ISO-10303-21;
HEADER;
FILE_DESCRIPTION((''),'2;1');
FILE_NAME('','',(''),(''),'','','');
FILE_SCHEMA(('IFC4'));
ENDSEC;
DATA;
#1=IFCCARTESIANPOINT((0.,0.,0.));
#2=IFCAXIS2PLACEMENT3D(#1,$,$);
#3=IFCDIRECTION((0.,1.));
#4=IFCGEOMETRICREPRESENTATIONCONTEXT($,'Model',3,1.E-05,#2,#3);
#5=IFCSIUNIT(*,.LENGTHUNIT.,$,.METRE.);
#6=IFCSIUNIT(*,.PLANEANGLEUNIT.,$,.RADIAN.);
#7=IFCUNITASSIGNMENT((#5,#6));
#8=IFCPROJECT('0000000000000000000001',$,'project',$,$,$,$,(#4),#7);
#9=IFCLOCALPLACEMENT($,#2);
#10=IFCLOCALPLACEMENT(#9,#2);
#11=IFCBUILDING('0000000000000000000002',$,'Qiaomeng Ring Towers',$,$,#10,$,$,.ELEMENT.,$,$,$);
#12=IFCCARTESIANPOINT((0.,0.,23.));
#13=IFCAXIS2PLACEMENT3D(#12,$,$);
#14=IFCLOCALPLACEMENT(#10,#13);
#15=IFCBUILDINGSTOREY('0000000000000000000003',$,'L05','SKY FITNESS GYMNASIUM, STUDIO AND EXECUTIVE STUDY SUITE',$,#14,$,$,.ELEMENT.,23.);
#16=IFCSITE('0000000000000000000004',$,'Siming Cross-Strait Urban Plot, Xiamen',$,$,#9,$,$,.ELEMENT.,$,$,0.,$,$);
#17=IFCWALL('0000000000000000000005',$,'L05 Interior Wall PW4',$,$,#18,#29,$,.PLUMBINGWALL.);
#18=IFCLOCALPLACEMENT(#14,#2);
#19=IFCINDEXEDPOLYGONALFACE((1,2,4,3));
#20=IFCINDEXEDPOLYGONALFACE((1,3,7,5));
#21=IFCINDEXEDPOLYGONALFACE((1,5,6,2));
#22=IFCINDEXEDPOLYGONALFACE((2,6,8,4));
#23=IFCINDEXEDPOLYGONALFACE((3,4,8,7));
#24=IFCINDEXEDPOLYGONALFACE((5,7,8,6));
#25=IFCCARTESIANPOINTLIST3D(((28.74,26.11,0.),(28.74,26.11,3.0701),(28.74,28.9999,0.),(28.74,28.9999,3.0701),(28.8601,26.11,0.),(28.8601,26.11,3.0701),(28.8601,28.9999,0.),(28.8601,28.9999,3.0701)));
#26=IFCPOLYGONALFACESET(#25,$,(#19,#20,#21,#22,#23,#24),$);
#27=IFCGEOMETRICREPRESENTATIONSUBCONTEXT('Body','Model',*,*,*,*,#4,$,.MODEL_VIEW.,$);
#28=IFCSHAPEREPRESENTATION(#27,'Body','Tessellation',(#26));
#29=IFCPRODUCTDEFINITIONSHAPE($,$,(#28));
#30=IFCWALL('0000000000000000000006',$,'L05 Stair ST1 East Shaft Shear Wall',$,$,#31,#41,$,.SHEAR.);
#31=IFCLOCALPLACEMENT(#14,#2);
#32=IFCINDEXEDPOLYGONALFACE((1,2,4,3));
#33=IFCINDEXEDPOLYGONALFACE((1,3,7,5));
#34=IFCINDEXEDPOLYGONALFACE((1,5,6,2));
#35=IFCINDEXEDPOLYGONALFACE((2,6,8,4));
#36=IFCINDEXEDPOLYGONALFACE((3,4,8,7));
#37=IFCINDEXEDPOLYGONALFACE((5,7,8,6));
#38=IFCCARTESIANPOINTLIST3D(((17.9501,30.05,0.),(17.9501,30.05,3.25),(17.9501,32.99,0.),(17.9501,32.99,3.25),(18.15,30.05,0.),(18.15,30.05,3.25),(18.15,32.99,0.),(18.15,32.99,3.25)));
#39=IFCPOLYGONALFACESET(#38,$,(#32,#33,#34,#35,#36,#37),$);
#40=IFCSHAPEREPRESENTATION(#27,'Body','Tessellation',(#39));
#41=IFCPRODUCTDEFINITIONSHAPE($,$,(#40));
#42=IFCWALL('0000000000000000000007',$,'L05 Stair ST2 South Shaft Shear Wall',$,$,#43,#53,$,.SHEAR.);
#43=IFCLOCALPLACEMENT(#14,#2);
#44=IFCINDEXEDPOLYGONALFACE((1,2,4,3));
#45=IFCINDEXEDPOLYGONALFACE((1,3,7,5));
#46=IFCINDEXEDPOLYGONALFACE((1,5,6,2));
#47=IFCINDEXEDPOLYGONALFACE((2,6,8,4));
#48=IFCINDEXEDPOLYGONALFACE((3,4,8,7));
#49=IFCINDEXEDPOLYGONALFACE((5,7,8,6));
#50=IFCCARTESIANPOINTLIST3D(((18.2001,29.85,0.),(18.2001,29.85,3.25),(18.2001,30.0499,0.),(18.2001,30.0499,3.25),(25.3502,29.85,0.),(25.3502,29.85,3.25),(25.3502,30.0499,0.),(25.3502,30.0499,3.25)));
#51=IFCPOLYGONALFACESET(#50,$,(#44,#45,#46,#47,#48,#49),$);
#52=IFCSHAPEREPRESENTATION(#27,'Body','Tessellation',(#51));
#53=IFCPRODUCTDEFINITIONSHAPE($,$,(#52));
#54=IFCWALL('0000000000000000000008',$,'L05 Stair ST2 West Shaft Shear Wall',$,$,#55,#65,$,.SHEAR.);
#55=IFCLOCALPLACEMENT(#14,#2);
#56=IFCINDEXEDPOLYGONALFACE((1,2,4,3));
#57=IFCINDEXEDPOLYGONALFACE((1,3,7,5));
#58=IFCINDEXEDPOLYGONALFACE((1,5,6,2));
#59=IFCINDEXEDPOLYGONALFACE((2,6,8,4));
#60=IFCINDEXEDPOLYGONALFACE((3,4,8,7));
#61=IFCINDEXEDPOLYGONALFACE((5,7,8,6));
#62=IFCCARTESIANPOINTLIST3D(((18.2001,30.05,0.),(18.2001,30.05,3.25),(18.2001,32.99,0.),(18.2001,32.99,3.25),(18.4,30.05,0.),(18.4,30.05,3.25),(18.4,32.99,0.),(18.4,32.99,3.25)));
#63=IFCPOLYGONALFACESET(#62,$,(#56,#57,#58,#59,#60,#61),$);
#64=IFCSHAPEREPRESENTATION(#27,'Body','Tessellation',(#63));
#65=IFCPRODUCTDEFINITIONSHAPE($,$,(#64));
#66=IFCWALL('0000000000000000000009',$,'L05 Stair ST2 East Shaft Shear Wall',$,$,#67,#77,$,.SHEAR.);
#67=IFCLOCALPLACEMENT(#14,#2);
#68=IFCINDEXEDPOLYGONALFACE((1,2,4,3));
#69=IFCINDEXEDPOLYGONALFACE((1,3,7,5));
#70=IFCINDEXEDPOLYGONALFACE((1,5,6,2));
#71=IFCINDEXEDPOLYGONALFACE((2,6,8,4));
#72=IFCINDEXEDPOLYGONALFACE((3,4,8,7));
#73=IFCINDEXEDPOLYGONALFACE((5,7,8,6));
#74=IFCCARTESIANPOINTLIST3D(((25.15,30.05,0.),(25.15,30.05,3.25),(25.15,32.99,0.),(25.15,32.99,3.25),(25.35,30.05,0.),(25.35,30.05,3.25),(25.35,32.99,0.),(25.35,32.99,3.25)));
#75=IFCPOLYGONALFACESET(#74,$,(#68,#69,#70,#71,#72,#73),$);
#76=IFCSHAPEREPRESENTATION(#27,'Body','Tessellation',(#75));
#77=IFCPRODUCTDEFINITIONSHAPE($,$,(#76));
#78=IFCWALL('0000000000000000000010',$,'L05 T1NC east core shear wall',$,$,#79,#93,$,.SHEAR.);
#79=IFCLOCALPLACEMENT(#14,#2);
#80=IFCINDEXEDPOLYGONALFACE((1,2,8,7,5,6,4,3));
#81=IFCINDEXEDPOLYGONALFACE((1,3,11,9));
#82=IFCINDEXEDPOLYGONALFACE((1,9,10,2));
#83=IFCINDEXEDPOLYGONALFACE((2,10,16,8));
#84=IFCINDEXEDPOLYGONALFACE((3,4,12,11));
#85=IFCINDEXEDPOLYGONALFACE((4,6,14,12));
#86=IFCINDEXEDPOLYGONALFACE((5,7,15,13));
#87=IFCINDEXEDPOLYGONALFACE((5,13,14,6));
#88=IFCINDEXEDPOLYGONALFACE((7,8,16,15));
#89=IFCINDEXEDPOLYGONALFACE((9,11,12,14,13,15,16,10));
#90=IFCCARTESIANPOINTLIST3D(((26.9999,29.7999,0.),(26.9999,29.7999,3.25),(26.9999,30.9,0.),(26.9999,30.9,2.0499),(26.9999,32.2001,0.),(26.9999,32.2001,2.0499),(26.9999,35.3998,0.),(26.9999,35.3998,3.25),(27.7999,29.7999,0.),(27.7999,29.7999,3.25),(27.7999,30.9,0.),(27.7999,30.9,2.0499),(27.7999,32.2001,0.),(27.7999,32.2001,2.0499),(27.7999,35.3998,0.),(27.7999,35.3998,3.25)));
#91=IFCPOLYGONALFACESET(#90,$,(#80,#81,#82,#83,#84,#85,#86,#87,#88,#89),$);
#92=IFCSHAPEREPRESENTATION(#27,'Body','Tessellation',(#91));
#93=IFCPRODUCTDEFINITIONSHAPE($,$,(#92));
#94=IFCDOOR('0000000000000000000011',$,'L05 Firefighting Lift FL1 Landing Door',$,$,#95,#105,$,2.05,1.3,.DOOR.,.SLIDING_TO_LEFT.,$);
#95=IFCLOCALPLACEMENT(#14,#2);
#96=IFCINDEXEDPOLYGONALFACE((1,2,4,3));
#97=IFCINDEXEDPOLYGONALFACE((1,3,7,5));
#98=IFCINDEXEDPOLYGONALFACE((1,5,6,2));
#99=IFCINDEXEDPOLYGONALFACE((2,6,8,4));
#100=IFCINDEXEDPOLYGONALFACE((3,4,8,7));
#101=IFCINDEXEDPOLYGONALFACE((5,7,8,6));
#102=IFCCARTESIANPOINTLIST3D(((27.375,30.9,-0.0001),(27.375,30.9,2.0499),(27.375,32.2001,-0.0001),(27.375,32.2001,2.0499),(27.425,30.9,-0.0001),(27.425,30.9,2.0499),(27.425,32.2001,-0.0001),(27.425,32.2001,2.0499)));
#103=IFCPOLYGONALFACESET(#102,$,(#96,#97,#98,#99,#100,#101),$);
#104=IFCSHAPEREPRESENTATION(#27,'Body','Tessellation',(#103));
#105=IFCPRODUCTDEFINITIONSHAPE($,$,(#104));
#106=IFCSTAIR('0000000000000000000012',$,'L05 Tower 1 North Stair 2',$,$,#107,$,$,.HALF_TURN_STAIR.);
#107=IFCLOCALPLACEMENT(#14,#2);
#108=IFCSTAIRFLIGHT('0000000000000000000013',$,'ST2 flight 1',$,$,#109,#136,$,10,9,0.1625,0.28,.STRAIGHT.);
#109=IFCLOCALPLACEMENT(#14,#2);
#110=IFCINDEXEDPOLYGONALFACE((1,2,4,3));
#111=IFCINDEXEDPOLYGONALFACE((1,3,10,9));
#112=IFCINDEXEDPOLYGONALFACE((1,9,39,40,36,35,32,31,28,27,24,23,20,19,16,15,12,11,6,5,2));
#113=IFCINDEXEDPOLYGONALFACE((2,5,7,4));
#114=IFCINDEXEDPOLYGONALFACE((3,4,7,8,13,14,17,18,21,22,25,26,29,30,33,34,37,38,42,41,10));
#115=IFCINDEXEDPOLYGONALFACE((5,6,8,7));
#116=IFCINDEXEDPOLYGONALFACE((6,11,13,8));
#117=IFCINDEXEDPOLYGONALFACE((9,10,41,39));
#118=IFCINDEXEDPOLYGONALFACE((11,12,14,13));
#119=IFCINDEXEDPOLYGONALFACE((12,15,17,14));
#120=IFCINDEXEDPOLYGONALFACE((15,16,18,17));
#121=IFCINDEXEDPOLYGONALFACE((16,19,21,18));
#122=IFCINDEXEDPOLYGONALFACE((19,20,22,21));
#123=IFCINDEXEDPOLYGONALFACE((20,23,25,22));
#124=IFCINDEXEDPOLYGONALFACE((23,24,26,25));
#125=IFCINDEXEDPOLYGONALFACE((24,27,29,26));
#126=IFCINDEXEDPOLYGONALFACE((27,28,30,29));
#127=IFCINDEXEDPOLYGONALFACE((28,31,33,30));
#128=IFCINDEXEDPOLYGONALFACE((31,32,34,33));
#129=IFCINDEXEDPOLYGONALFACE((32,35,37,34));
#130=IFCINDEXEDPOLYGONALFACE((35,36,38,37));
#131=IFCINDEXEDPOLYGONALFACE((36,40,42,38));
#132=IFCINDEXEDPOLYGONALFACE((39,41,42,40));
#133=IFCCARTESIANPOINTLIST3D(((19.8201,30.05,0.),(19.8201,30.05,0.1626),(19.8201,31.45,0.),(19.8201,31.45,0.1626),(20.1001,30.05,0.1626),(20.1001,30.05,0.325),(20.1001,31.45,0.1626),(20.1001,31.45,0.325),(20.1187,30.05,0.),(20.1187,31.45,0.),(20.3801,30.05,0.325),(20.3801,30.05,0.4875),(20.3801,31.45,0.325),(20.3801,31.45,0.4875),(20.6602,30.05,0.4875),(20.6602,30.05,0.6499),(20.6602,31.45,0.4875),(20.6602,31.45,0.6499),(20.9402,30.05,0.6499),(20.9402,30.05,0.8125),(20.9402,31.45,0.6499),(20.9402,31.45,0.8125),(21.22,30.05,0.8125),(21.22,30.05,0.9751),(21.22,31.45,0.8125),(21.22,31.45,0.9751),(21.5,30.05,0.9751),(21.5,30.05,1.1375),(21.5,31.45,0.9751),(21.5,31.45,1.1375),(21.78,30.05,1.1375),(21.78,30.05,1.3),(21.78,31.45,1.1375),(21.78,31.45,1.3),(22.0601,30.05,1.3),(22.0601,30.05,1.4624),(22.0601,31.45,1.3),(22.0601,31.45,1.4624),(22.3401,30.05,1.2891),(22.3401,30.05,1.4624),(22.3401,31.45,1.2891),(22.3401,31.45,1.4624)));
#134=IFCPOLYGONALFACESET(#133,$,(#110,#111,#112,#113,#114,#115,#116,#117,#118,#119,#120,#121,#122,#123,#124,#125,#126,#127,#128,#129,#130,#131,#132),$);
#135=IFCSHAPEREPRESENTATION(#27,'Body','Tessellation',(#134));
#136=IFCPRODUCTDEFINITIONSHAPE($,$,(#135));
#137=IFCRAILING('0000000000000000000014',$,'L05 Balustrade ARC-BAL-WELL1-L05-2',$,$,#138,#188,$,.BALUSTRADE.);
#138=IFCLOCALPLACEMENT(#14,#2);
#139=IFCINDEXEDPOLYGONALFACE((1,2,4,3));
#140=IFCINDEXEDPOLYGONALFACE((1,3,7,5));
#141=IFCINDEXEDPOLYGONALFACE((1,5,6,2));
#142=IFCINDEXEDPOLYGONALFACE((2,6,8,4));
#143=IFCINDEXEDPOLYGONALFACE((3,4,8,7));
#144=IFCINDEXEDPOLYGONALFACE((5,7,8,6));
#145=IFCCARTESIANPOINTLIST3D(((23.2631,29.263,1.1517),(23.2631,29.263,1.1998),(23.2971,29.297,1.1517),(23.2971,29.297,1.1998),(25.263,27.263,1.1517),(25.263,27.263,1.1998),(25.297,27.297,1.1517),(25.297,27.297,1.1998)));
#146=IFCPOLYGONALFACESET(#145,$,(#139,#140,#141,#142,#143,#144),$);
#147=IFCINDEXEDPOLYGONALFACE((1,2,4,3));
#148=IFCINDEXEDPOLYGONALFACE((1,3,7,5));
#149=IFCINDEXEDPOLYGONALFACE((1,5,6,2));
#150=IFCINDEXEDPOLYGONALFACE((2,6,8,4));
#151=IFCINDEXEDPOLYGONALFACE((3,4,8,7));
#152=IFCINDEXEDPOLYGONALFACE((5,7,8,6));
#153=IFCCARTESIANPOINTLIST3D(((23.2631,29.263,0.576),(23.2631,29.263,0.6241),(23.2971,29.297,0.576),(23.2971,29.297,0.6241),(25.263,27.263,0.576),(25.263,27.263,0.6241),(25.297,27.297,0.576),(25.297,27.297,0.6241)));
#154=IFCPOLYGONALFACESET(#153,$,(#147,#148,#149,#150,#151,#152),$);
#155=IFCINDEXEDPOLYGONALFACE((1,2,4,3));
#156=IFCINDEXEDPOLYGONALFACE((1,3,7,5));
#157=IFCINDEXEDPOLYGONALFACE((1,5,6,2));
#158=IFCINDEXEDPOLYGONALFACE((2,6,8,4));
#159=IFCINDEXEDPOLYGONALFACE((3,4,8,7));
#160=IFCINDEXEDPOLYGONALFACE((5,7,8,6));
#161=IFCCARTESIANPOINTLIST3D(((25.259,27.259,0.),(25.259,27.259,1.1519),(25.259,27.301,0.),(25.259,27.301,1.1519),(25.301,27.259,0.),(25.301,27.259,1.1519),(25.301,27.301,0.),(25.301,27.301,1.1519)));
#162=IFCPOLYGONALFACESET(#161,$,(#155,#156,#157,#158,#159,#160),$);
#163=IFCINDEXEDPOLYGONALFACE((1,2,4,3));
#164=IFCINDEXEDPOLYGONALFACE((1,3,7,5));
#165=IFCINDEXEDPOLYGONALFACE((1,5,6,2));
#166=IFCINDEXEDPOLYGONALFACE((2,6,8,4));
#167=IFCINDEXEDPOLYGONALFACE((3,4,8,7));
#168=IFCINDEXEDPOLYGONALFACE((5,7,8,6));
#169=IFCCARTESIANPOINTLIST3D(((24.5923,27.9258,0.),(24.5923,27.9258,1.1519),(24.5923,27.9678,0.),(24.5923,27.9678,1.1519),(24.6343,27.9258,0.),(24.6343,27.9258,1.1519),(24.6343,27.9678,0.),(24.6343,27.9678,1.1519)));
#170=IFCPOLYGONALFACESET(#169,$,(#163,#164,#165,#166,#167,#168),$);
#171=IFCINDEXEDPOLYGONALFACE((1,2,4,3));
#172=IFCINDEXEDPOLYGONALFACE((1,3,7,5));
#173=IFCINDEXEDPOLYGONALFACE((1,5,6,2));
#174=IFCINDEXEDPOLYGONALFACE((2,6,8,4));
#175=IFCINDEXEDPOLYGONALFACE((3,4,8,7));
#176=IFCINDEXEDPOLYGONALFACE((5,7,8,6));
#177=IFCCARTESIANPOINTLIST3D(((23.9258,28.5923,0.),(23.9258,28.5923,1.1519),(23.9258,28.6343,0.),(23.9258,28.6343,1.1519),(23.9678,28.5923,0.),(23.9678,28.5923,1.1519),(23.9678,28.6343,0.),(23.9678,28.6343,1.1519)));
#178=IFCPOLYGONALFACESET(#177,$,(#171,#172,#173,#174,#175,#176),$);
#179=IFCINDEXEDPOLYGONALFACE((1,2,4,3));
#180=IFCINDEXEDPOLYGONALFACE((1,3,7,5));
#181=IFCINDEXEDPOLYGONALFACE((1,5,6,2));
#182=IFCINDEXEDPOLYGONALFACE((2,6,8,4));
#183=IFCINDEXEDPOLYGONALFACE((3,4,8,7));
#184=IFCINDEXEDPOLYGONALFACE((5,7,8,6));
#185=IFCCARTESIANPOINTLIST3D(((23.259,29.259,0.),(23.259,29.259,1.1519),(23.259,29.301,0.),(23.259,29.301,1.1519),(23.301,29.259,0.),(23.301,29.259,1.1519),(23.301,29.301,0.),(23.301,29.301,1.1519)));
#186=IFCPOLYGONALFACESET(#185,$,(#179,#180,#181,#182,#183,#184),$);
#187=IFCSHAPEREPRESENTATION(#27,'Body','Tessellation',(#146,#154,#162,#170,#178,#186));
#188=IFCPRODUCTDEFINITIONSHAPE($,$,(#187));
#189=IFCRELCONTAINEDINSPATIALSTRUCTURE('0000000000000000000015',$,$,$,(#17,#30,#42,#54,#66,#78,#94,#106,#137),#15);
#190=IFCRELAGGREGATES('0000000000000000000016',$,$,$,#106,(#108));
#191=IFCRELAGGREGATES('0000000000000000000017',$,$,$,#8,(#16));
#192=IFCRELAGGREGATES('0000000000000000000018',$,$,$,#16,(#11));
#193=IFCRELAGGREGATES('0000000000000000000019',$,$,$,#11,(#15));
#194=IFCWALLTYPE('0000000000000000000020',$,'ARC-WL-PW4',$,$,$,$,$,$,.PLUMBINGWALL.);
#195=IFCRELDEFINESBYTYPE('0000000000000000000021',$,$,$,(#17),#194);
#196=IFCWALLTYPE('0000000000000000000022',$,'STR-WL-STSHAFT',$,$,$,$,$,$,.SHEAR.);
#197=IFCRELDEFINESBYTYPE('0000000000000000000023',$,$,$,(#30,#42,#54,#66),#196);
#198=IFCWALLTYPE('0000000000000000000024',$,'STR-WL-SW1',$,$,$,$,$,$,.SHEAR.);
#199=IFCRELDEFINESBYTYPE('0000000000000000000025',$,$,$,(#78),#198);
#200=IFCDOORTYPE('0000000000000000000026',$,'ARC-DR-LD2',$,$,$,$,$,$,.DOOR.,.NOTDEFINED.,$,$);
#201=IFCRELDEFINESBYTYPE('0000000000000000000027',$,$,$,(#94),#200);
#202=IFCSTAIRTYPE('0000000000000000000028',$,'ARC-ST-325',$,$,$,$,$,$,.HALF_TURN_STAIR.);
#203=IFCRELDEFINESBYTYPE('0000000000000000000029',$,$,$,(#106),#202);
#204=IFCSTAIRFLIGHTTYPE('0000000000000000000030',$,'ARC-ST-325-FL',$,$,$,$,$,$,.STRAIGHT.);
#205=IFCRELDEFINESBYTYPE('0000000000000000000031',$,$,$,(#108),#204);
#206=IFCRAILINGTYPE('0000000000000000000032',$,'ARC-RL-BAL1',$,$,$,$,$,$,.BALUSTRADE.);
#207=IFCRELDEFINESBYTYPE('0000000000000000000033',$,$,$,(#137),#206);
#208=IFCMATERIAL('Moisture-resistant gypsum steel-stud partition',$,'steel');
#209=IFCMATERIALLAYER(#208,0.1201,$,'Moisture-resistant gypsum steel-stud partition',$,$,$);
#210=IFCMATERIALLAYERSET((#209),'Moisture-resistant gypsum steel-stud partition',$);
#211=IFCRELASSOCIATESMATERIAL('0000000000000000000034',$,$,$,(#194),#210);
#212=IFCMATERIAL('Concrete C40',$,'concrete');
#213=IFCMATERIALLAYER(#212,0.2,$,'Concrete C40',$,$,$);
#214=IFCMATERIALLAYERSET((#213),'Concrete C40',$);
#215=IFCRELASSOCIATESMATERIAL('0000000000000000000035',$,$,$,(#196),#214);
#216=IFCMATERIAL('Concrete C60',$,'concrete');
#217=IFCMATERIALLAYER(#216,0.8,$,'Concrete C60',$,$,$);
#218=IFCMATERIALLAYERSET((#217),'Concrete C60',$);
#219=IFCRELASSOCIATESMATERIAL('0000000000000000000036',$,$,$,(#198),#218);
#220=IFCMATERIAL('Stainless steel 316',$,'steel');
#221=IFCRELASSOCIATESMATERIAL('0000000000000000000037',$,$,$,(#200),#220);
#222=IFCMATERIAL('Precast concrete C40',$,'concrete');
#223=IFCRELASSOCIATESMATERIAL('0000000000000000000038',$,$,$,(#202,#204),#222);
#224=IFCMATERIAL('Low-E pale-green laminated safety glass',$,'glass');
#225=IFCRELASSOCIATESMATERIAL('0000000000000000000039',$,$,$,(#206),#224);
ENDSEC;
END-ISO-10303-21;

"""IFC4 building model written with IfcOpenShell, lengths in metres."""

from ifc_helpers import new_model, si_unit, direction, frame, frame_2d, origin, origin_2d, place, context, subcontext, project, spatial, polyline, rectangle, outline, extrude, source, transform, mapped, material, layer, layer_set, type_object, element, fill, aggregate, save


model = new_model("IFC4")

# Units and contexts
model_context = context("Model", 3, precision=1e-05, world=origin(), true_north=direction((0.0, 1.0)))
body_context = subcontext(model_context, "Body", "Model", "MODEL_VIEW")
ifc_project = project(units=[si_unit("LENGTHUNIT", "METRE"), si_unit("PLANEANGLEUNIT", "RADIAN")], contexts=[model_context])

# Site, building, storey
site_placement = place(None, origin())
site = spatial("IfcSite", under=ifc_project, at=site_placement, Name="Siming Cross-Strait Urban Plot, Xiamen", CompositionType="ELEMENT", RefElevation=0.0)
building_placement = place(site_placement, origin())
building = spatial("IfcBuilding", under=site, at=building_placement, Name="Qiaomeng Ring Towers", CompositionType="ELEMENT")
storey_placement = place(building_placement, frame((0.0, 0.0, 23.0)))
storey = spatial("IfcBuildingStorey", under=building, at=storey_placement, Name="L05", Description="SKY FITNESS GYMNASIUM, STUDIO AND EXECUTIVE STUDY SUITE", CompositionType="ELEMENT", Elevation=23.0)

# Shared definitions
ifc_material_1 = material(Name="Moisture-resistant gypsum steel-stud partition", Category="steel")
ifc_layer_1 = layer(ifc_material_1, 0.1201, Name="Moisture-resistant gypsum steel-stud partition")
ifc_layer_set_1 = layer_set([ifc_layer_1], Name="Moisture-resistant gypsum steel-stud partition")
wall_type_1 = type_object("IfcWallType", Name="ARC-WL-PW4", PredefinedType="PLUMBINGWALL", material=ifc_layer_set_1)

# Walls
wall_1_placement = place(storey_placement, frame((28.8, 26.1101, 0.0), z_axis=(0.0, 0.0, 1.0), x_axis=(0.0, 1.0, 0.0)))
element("IfcWall", 1, at=wall_1_placement, inside=storey, type_object=wall_type_1, Name="L05 Interior Wall PW4", PredefinedType="PLUMBINGWALL", context=body_context, shape_type="SweptSolid", body=[
    extrude(rectangle(XDim=2.8899, YDim=0.1201, at=frame_2d((1.4448, 0.0))), origin(), (0.0, 0.0, 1.0), 3.0701),
])
ifc_material_2 = material(Name="Concrete C40", Category="concrete")
ifc_layer_2 = layer(ifc_material_2, 0.2, Name="Concrete C40")
ifc_layer_set_2 = layer_set([ifc_layer_2], Name="Concrete C40")
wall_type_2 = type_object("IfcWallType", Name="STR-WL-STSHAFT", PredefinedType="SHEAR", material=ifc_layer_set_2)
wall_2_placement = place(storey_placement, frame((18.05, 30.05, 0.0), z_axis=(0.0, 0.0, 1.0), x_axis=(0.0, 1.0, 0.0)))
element("IfcWall", 2, at=wall_2_placement, inside=storey, type_object=wall_type_2, Name="L05 Stair ST1 East Shaft Shear Wall", PredefinedType="SHEAR", context=body_context, shape_type="SweptSolid", body=[
    extrude(rectangle(XDim=2.9399, YDim=0.2, at=frame_2d((1.47, 0.0))), origin(), (0.0, 0.0, 1.0), 3.25),
])
wall_3_placement = place(storey_placement, frame((18.2, 29.95, 0.0), z_axis=(0.0, 0.0, 1.0), x_axis=(1.0, 0.0, 0.0)))
element("IfcWall", 3, at=wall_3_placement, inside=storey, type_object=wall_type_2, Name="L05 Stair ST2 South Shaft Shear Wall", PredefinedType="SHEAR", context=body_context, shape_type="SweptSolid", body=[
    extrude(rectangle(XDim=7.1501, YDim=0.2, at=frame_2d((3.5752, 0.0))), origin(), (0.0, 0.0, 1.0), 3.25),
])
for number, where, z_axis, x_axis, name in (
    (4, (18.3, 30.05, 0.0), (0.0, 0.0, 1.0), (0.0, 1.0, 0.0), "L05 Stair ST2 West Shaft Shear Wall"),
    (5, (25.25, 30.05, 0.0), (0.0, 0.0, 1.0), (0.0, 1.0, 0.0), "L05 Stair ST2 East Shaft Shear Wall"),
):
    element("IfcWall", number, at=place(storey_placement, frame(where, z_axis=z_axis, x_axis=x_axis)), inside=storey, type_object=wall_type_2, Name=name, PredefinedType="SHEAR", context=body_context, shape_type="SweptSolid", body=[
        extrude(rectangle(XDim=2.9399, YDim=0.2, at=frame_2d((1.47, 0.0))), origin(), (0.0, 0.0, 1.0), 3.25),
    ])

# Wall, opening, door
ifc_material_3 = material(Name="Concrete C60", Category="concrete")
ifc_layer_3 = layer(ifc_material_3, 0.8, Name="Concrete C60")
ifc_layer_set_3 = layer_set([ifc_layer_3], Name="Concrete C60")
wall_type_3 = type_object("IfcWallType", Name="STR-WL-SW1", PredefinedType="SHEAR", material=ifc_layer_set_3)
wall_4_placement = place(storey_placement, frame((27.3999, 29.8, 0.0), z_axis=(0.0, 0.0, 1.0), x_axis=(0.0, 1.0, 0.0)))
wall_4 = element("IfcWall", 6, at=wall_4_placement, inside=storey, type_object=wall_type_3, Name="L05 T1NC east core shear wall", PredefinedType="SHEAR", context=body_context, shape_type="SweptSolid", body=[
    extrude(rectangle(XDim=5.5999, YDim=0.8, at=frame_2d((2.7998, 0.0))), origin(), (0.0, 0.0, 1.0), 3.25),
])
opening_1_placement = place(wall_4_placement, frame((1.1001, 0.0, 0.0)))
opening_1 = element("IfcOpeningElement", 7, at=opening_1_placement, cuts=wall_4, PredefinedType="OPENING", context=body_context, shape_type="SweptSolid", body=[
    extrude(rectangle(XDim=1.3, YDim=2.05, at=frame_2d((0.6499, 1.0249))), frame((0.0, 0.4099, 0.0), z_axis=(0.0, -1.0, 0.0), x_axis=(1.0, 0.0, 0.0)), (0.0, 0.0, 1.0), 0.8201),
])
ifc_material_4 = material(Name="Stainless steel 316", Category="steel")
door_type_1 = type_object("IfcDoorType", Name="ARC-DR-LD2", OperationType="NOTDEFINED", PredefinedType="DOOR", material=ifc_material_4)
shared_shape_1 = source(origin(), body_context, "Body", "SweptSolid", [
    extrude(rectangle(XDim=1.3, YDim=2.05, at=frame_2d((0.6499, 1.0249))), frame((0.0, 0.0249, 0.0), z_axis=(0.0, -1.0, 0.0), x_axis=(1.0, 0.0, 0.0)), (0.0, 0.0, 1.0), 0.05),
])
door_1_placement = place(opening_1_placement, origin())
door_1 = element("IfcDoor", 8, at=door_1_placement, inside=storey, type_object=door_type_1, Name="L05 Firefighting Lift FL1 Landing Door", OperationType="SLIDING_TO_LEFT", OverallHeight=2.05, OverallWidth=1.3, PredefinedType="DOOR", context=body_context, shape_type="MappedRepresentation", body=[
    mapped(shared_shape_1, transform((0.0, 0.0, 0.0), x_axis=(1.0, 0.0, 0.0), y_axis=(0.0, 1.0, 0.0), z_axis=(0.0, 0.0, 1.0), scale=1.0)),
])
fill(opening_1, door_1)

# Stair, stair flight
ifc_material_5 = material(Name="Precast concrete C40", Category="concrete")
stair_type = type_object("IfcStairType", Name="ARC-ST-325", PredefinedType="HALF_TURN_STAIR", material=ifc_material_5)
stair_placement = place(storey_placement, origin())
stair = element("IfcStair", 9, at=stair_placement, inside=storey, type_object=stair_type, Name="L05 Tower 1 North Stair 2", PredefinedType="HALF_TURN_STAIR")
stair_flight_type = type_object("IfcStairFlightType", Name="ARC-ST-325-FL", PredefinedType="STRAIGHT", material=ifc_material_5)
shared_shape_2 = source(origin(), body_context, "Body", "SweptSolid", [
    extrude(outline(polyline([(0.0, 0.0), (0.0, 0.1626), (0.28, 0.1626), (0.28, 0.325), (0.5601, 0.325), (0.5601, 0.4875), (0.8401, 0.4875), (0.8401, 0.6499), (1.1201, 0.6499), (1.1201, 0.8125), (1.3999, 0.8125), (1.3999, 0.9751), (1.6799, 0.9751), (1.6799, 1.1375), (1.96, 1.1375), (1.96, 1.3), (2.24, 1.3), (2.24, 1.4624), (2.52, 1.4624), (2.52, 1.625), (2.52, 1.2891), (0.2986, 0.0), (0.0, 0.0)])), frame((0.0, 0.7, 0.0), z_axis=(0.0, -1.0, 0.0), x_axis=(1.0, 0.0, 0.0)), (0.0, 0.0, 1.0), 1.3999),
])
stair_flight_placement = place(storey_placement, frame((19.8201, 30.75, 0.0), z_axis=(0.0, 0.0, 1.0), x_axis=(1.0, 0.0, 0.0)))
stair_flight = element("IfcStairFlight", 10, at=stair_flight_placement, type_object=stair_flight_type, Name="ST2 flight 1", NumberOfRisers=10, NumberOfTreads=9, PredefinedType="STRAIGHT", RiserHeight=0.1625, TreadLength=0.28, context=body_context, shape_type="MappedRepresentation", body=[
    mapped(shared_shape_2, transform((0.0, 0.0, 0.0), x_axis=(1.0, 0.0, 0.0), y_axis=(0.0, 1.0, 0.0), z_axis=(0.0, 0.0, 1.0), scale=1.0)),
])
aggregate(stair, [stair_flight])

# Railing
ifc_material_6 = material(Name="Low-E pale-green laminated safety glass", Category="glass")
railing_type_1 = type_object("IfcRailingType", Name="ARC-RL-BAL1", PredefinedType="BALUSTRADE", material=ifc_material_6)
railing_1_placement = place(storey_placement, frame((25.28, 27.28, 0.0)))
element("IfcRailing", 11, at=railing_1_placement, inside=storey, type_object=railing_type_1, Name="L05 Balustrade ARC-BAL-WELL1-L05-2", PredefinedType="BALUSTRADE", context=body_context, shape_type="SweptSolid", body=[
    extrude(rectangle(XDim=0.0481, YDim=0.0481, at=origin_2d()), frame((0.0, 0.0, 1.1758), z_axis=(-0.707107, 0.707107, 0.0), x_axis=(-0.707107, -0.707107, 0.0)), (0.0, 0.0, 1.0), 2.8284),
    extrude(rectangle(XDim=0.0481, YDim=0.0481, at=origin_2d()), frame((0.0, 0.0, 0.6001), z_axis=(-0.707107, 0.707107, 0.0), x_axis=(-0.707107, -0.707107, 0.0)), (0.0, 0.0, 1.0), 2.8284),
    extrude(rectangle(XDim=0.042, YDim=0.042, at=origin_2d()), origin(), (0.0, 0.0, 1.0), 1.1519),
    extrude(rectangle(XDim=0.042, YDim=0.042, at=origin_2d()), frame((-0.6667, 0.6667, 0.0)), (0.0, 0.0, 1.0), 1.1519),
    extrude(rectangle(XDim=0.042, YDim=0.042, at=origin_2d()), frame((-1.3333, 1.3333, 0.0)), (0.0, 0.0, 1.0), 1.1519),
    extrude(rectangle(XDim=0.042, YDim=0.042, at=origin_2d()), frame((-2.0, 2.0, 0.0)), (0.0, 0.0, 1.0), 1.1519),
])

save(model, "model.ifc")
